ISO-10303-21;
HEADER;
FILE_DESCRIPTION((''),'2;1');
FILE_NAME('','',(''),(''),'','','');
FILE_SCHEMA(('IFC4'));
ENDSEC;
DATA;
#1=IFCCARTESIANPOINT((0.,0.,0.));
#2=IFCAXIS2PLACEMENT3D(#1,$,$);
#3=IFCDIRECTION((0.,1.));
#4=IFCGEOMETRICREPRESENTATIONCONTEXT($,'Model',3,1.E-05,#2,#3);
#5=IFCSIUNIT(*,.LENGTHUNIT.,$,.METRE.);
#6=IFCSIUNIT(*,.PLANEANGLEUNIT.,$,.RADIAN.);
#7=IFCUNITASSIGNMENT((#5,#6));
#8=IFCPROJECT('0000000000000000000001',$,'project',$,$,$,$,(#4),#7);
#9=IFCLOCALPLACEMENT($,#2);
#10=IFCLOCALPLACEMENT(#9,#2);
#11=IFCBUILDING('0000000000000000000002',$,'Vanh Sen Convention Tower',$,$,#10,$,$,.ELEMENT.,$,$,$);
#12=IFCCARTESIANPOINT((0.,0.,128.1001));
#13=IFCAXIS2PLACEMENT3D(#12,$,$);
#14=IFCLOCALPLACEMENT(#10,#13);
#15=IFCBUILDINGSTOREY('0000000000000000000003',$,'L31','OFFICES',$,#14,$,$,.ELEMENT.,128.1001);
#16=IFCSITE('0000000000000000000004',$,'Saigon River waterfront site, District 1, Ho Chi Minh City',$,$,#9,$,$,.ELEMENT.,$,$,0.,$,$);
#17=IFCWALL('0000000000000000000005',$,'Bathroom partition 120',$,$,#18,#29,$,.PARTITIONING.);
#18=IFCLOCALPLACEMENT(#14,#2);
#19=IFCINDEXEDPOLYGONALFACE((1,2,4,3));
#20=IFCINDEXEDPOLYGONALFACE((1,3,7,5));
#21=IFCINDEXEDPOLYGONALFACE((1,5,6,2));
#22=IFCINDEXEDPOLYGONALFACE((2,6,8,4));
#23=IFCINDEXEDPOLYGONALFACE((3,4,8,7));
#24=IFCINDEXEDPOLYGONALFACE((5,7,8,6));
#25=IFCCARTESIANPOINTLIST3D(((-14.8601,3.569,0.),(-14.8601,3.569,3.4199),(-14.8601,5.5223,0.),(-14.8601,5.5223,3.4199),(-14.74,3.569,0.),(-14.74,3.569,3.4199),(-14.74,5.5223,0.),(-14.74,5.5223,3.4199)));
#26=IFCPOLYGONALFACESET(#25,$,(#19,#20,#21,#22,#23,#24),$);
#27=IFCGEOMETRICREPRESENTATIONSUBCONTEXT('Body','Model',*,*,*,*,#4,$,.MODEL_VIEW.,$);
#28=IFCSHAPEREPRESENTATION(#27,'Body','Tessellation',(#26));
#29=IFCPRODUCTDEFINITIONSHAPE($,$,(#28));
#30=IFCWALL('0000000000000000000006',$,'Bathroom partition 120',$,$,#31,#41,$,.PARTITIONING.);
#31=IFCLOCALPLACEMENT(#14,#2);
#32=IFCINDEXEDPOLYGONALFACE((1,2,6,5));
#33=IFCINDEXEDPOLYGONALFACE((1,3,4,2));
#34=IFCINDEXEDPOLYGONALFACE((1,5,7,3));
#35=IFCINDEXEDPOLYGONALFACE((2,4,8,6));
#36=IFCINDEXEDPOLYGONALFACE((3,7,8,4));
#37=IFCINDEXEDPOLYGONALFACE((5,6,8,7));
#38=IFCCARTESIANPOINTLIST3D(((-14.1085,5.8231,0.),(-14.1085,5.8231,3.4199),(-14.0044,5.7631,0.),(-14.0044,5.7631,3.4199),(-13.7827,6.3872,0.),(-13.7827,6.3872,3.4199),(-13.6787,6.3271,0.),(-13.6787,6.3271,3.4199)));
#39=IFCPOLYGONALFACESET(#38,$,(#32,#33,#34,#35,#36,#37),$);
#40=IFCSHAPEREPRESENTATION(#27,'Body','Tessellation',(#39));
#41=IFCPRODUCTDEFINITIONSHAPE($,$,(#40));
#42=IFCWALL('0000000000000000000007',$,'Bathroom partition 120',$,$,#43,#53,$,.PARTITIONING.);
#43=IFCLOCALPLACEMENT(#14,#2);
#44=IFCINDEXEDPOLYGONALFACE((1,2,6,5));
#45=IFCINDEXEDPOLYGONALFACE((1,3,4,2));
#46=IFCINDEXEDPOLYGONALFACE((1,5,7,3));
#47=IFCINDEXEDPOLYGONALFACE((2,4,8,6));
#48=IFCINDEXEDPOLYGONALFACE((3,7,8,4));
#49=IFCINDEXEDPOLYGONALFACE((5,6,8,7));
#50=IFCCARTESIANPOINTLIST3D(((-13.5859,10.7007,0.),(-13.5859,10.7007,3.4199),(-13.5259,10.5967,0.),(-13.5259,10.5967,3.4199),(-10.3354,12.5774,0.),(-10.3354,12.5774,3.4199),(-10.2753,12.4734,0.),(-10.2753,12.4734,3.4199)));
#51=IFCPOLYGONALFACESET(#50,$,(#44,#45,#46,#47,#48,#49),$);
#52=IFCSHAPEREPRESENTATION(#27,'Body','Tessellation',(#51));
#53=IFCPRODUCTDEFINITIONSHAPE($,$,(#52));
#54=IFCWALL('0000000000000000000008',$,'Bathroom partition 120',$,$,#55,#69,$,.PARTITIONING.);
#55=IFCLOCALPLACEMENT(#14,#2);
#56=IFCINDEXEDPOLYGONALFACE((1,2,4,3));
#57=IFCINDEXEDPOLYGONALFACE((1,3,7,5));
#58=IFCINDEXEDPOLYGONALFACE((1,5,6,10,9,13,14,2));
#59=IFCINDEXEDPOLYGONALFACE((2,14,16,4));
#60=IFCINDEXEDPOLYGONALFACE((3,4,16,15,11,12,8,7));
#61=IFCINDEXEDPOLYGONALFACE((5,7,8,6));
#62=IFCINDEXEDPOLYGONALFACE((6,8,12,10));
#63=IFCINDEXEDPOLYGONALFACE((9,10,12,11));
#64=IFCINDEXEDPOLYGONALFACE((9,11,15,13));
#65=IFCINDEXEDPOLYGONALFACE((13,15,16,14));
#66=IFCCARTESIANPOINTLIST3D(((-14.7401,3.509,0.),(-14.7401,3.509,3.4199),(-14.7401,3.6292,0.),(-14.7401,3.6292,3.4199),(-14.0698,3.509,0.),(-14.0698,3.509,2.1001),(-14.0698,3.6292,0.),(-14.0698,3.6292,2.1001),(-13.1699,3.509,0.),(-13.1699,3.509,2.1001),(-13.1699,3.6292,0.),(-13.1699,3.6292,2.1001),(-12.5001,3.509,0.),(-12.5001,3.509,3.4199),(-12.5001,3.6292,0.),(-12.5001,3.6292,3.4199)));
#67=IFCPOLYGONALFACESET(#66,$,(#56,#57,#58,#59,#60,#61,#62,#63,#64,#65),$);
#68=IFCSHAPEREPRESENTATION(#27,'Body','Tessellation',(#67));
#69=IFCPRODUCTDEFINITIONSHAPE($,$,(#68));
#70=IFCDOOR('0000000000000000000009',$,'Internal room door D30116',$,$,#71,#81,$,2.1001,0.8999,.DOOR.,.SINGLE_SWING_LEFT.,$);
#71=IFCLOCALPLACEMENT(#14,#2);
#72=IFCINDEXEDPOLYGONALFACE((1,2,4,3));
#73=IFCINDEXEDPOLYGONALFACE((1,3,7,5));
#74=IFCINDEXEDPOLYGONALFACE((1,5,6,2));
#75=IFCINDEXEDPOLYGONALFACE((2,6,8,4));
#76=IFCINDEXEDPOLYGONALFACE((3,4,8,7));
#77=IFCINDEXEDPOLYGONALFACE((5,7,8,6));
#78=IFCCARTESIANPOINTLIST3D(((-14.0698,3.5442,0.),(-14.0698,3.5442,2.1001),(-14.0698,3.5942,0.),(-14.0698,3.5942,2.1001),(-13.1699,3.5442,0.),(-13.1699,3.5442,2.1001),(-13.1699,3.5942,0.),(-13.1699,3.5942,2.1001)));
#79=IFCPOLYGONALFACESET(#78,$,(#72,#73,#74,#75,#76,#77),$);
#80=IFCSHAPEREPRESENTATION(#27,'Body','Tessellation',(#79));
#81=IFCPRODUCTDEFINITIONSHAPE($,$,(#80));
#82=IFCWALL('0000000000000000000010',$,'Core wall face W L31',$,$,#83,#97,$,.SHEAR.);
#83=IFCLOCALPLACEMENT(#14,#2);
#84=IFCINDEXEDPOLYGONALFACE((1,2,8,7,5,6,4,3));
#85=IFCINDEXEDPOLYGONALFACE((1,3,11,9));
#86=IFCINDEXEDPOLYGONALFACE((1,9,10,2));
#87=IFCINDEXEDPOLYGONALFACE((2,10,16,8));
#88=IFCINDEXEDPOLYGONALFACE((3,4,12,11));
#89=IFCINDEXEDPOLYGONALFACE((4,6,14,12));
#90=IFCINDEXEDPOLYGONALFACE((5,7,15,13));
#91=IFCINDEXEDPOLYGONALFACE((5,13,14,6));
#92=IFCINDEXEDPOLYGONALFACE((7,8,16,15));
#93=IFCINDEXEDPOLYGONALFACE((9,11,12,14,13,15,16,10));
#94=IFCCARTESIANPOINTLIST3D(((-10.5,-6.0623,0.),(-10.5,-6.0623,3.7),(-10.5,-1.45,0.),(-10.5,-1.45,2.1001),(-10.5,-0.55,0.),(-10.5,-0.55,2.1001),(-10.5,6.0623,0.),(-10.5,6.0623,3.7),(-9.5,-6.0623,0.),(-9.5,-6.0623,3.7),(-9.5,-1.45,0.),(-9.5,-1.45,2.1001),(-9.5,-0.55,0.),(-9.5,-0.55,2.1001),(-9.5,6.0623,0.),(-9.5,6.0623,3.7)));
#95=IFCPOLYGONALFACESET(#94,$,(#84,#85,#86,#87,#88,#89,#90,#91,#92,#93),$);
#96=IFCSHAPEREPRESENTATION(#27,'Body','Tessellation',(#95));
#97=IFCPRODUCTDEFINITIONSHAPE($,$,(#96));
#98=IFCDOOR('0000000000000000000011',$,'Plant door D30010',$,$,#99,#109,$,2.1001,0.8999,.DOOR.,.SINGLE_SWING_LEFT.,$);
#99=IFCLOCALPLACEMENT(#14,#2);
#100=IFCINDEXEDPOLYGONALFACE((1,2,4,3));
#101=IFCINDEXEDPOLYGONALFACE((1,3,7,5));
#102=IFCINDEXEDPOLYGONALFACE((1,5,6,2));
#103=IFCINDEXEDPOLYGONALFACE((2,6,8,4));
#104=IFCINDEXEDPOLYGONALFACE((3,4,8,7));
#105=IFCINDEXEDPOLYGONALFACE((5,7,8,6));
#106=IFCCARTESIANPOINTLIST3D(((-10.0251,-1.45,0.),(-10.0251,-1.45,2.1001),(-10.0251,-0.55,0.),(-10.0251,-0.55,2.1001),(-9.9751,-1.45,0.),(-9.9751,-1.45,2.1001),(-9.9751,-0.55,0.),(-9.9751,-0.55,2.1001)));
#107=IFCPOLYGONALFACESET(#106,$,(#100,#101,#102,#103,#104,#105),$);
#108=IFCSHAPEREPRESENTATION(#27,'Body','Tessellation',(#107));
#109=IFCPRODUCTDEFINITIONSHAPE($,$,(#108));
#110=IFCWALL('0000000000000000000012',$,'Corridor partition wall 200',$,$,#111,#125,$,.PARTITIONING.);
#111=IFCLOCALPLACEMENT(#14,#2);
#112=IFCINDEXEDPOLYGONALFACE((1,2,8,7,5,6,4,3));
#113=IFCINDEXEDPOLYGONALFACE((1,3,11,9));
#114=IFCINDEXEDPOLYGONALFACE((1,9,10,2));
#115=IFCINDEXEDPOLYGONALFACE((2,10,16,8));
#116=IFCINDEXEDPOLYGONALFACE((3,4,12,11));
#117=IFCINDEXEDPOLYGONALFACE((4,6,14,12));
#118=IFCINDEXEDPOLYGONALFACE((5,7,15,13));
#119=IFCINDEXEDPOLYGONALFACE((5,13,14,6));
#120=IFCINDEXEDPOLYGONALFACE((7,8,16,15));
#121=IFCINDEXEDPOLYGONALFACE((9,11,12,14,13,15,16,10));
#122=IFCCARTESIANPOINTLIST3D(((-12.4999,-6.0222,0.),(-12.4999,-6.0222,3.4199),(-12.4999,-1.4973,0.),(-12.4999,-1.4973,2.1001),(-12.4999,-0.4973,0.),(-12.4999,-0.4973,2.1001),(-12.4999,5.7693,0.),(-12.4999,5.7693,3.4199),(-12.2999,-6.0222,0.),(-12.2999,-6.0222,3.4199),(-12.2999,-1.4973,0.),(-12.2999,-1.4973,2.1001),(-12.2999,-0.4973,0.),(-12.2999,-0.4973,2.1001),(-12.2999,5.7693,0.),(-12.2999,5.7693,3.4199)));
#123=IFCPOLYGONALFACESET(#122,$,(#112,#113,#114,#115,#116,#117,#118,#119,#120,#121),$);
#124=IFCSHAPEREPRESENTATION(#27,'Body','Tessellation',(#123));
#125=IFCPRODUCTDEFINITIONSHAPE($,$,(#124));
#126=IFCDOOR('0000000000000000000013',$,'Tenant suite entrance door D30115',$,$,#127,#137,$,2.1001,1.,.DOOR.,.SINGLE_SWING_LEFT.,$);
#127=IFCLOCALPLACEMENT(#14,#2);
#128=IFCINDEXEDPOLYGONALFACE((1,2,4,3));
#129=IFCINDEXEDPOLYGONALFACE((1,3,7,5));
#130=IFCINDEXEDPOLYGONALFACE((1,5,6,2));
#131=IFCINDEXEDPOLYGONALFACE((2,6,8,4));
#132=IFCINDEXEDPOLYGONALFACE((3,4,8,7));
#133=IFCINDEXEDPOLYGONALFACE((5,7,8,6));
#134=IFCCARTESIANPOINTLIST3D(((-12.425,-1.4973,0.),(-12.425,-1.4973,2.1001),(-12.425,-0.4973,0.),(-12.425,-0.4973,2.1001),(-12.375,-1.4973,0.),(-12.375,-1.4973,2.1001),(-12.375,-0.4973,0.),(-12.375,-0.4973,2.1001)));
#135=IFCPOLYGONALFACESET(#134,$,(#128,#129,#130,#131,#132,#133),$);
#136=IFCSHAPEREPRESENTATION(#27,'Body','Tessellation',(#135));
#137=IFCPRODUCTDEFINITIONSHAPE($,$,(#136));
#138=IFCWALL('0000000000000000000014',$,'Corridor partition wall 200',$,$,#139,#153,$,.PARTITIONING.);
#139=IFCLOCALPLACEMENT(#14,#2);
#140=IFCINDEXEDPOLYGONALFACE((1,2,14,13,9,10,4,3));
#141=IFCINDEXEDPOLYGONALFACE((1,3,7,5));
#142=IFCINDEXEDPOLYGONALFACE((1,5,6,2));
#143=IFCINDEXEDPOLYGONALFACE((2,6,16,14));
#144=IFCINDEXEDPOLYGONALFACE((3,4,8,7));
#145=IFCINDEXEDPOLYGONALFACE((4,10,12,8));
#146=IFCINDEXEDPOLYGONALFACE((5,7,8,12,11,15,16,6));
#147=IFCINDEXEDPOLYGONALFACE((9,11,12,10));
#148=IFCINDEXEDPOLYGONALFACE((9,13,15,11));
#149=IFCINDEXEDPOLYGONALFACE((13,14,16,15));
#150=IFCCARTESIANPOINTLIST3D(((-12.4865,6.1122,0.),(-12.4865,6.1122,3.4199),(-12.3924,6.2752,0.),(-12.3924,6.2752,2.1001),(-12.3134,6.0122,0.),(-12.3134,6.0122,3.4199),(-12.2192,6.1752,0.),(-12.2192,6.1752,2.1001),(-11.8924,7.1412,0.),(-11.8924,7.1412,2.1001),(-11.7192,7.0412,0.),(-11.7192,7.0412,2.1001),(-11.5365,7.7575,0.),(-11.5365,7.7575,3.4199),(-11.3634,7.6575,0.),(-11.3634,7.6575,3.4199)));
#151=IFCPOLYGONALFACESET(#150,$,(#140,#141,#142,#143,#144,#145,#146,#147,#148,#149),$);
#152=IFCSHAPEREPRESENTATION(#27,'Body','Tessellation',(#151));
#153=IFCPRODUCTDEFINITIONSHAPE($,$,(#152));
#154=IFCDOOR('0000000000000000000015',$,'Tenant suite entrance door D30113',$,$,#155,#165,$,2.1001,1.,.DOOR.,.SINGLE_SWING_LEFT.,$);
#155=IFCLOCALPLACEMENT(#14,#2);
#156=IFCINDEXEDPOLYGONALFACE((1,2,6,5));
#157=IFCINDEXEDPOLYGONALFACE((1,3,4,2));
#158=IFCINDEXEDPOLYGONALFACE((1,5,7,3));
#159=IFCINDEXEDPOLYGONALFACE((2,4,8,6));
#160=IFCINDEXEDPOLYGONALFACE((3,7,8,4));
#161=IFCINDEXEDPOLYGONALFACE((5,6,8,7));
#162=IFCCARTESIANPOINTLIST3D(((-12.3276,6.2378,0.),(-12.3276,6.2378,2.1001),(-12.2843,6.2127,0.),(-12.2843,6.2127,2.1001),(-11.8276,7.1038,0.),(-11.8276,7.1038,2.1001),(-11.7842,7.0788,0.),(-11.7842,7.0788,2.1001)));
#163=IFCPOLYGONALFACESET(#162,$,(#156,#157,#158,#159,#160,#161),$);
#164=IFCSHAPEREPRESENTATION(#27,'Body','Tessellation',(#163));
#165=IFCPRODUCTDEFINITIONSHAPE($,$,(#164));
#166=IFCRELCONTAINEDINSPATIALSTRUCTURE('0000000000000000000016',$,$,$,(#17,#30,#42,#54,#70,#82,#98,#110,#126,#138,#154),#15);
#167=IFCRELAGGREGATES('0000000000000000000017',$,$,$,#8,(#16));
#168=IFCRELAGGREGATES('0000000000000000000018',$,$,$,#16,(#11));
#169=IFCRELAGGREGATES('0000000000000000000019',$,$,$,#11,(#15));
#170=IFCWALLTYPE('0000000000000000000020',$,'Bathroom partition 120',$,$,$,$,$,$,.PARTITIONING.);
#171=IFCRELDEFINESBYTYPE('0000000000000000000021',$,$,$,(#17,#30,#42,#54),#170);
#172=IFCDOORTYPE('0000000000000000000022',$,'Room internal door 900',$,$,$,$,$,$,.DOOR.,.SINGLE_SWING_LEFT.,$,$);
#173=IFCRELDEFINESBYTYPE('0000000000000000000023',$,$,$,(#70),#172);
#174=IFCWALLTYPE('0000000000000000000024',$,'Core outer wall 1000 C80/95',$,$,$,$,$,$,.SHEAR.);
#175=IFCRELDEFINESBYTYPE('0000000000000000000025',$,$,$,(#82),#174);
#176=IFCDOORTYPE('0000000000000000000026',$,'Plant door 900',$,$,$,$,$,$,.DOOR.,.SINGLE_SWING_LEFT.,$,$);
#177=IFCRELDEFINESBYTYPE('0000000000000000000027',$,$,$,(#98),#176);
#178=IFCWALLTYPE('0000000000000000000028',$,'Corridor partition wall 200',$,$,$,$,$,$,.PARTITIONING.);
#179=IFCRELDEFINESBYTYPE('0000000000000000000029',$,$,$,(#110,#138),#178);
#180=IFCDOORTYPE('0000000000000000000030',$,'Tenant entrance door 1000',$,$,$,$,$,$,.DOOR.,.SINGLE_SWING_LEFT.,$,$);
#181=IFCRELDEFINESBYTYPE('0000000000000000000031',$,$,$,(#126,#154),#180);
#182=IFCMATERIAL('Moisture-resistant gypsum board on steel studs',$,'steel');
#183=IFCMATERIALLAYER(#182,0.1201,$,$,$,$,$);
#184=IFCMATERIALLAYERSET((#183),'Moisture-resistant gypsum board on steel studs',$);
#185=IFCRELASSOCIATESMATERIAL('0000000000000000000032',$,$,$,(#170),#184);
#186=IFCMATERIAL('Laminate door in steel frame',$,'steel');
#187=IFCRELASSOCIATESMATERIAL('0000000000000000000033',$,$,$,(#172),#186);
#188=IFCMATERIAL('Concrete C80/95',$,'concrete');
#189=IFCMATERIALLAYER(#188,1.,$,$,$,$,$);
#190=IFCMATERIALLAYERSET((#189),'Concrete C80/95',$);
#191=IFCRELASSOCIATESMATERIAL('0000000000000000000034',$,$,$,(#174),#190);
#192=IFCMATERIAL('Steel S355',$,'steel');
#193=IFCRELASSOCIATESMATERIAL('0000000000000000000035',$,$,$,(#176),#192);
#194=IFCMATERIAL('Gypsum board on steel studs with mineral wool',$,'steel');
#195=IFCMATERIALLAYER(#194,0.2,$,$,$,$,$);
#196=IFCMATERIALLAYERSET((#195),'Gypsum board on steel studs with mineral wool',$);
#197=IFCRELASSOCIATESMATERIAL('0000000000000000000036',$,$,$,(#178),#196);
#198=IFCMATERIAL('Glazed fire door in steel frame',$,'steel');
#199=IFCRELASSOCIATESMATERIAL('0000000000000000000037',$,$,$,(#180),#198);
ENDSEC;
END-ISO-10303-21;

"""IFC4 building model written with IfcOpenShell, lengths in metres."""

from ifc_helpers import new_model, si_unit, direction, frame, frame_2d, origin, place, context, subcontext, project, spatial, rectangle, extrude, material, layer, layer_set, type_object, element, fill, save


model = new_model("IFC4")

# Units and contexts
model_context = context("Model", 3, precision=1e-05, world=origin(), true_north=direction((0.0, 1.0)))
body_context = subcontext(model_context, "Body", "Model", "MODEL_VIEW")
ifc_project = project(units=[si_unit("LENGTHUNIT", "METRE"), si_unit("PLANEANGLEUNIT", "RADIAN")], contexts=[model_context])

# Site, building, storey
site_placement = place(None, origin())
site = spatial("IfcSite", under=ifc_project, at=site_placement, Name="Saigon River waterfront site, District 1, Ho Chi Minh City", CompositionType="ELEMENT", RefElevation=0.0)
building_placement = place(site_placement, origin())
building = spatial("IfcBuilding", under=site, at=building_placement, Name="Vanh Sen Convention Tower", CompositionType="ELEMENT")
storey_placement = place(building_placement, frame((0.0, 0.0, 128.1001)))
storey = spatial("IfcBuildingStorey", under=building, at=storey_placement, Name="L31", Description="OFFICES", CompositionType="ELEMENT", Elevation=128.1001)

# Walls
ifc_material_1 = material(Name="Moisture-resistant gypsum board on steel studs", Category="steel")
ifc_layer_1 = layer(ifc_material_1, 0.1201)
ifc_layer_set_1 = layer_set([ifc_layer_1], Name="Moisture-resistant gypsum board on steel studs")
wall_type_1 = type_object("IfcWallType", Name="Bathroom partition 120", PredefinedType="PARTITIONING", material=ifc_layer_set_1)
wall_1_placement = place(storey_placement, frame((-14.8, 3.5691, 0.0), z_axis=(0.0, 0.0, 1.0), x_axis=(0.0, 1.0, 0.0)))
element("IfcWall", 1, at=wall_1_placement, inside=storey, type_object=wall_type_1, Name="Bathroom partition 120", PredefinedType="PARTITIONING", context=body_context, shape_type="SweptSolid", body=[
    extrude(rectangle(XDim=1.9534, YDim=0.1201, at=frame_2d((0.9766, 0.0))), origin(), (0.0, 0.0, 1.0), 3.4199),
])
wall_2_placement = place(storey_placement, frame((-13.7307, 6.3572, 0.0), z_axis=(0.0, 0.0, 1.0), x_axis=(-0.50009, -0.865973, 0.0)))
element("IfcWall", 2, at=wall_2_placement, inside=storey, type_object=wall_type_1, Name="Bathroom partition 120", PredefinedType="PARTITIONING", context=body_context, shape_type="SweptSolid", body=[
    extrude(rectangle(XDim=0.6514, YDim=0.1201, at=frame_2d((0.3257, 0.0))), origin(), (0.0, 0.0, 1.0), 3.4199),
])
wall_3_placement = place(storey_placement, frame((-13.5559, 10.6487, 0.0), z_axis=(0.0, 0.0, 1.0), x_axis=(0.866021, 0.500008, 0.0)))
element("IfcWall", 3, at=wall_3_placement, inside=storey, type_object=wall_type_1, Name="Bathroom partition 120", PredefinedType="PARTITIONING", context=body_context, shape_type="SweptSolid", body=[
    extrude(rectangle(XDim=3.7534, YDim=0.1201, at=frame_2d((1.8767, 0.0))), origin(), (0.0, 0.0, 1.0), 3.4199),
])

# Walls, openings, doors
wall_4_placement = place(storey_placement, frame((-12.5, 3.5691, 0.0), z_axis=(0.0, 0.0, 1.0), x_axis=(-1.0, 0.0, 0.0)))
wall_4 = element("IfcWall", 4, at=wall_4_placement, inside=storey, type_object=wall_type_1, Name="Bathroom partition 120", PredefinedType="PARTITIONING", context=body_context, shape_type="SweptSolid", body=[
    extrude(rectangle(XDim=2.24, YDim=0.1201, at=frame_2d((1.1201, 0.0))), origin(), (0.0, 0.0, 1.0), 3.4199),
])
opening_1_placement = place(wall_4_placement, frame((0.6699, 0.0, 0.0)))
opening_1 = element("IfcOpeningElement", 5, at=opening_1_placement, cuts=wall_4, PredefinedType="OPENING", context=body_context, shape_type="SweptSolid", body=[
    extrude(rectangle(XDim=0.8999, YDim=2.1001, at=frame_2d((0.45, 1.05))), frame((0.0, 0.0701, 0.0), z_axis=(0.0, -1.0, 0.0), x_axis=(1.0, 0.0, 0.0)), (0.0, 0.0, 1.0), 0.1401),
])
ifc_material_2 = material(Name="Laminate door in steel frame", Category="steel")
door_type_1 = type_object("IfcDoorType", Name="Room internal door 900", OperationType="SINGLE_SWING_LEFT", PredefinedType="DOOR", material=ifc_material_2)
door_1_placement = place(opening_1_placement, origin())
door_1 = element("IfcDoor", 6, at=door_1_placement, inside=storey, type_object=door_type_1, Name="Internal room door D30116", OperationType="SINGLE_SWING_LEFT", OverallHeight=2.1001, OverallWidth=0.8999, PredefinedType="DOOR", context=body_context, shape_type="SweptSolid", body=[
    extrude(rectangle(XDim=0.8999, YDim=2.1001, at=frame_2d((0.45, 1.05))), frame((0.0, 0.0249, 0.0), z_axis=(0.0, -1.0, 0.0), x_axis=(1.0, 0.0, 0.0)), (0.0, 0.0, 1.0), 0.05),
])
fill(opening_1, door_1)
ifc_material_3 = material(Name="Concrete C80/95", Category="concrete")
ifc_layer_2 = layer(ifc_material_3, 1.0)
ifc_layer_set_2 = layer_set([ifc_layer_2], Name="Concrete C80/95")
wall_type_2 = type_object("IfcWallType", Name="Core outer wall 1000 C80/95", PredefinedType="SHEAR", material=ifc_layer_set_2)
wall_5_placement = place(storey_placement, frame((-10.0, 6.0623, 0.0), z_axis=(0.0, 0.0, 1.0), x_axis=(0.0, -1.0, 0.0)))
wall_5 = element("IfcWall", 7, at=wall_5_placement, inside=storey, type_object=wall_type_2, Name="Core wall face W L31", PredefinedType="SHEAR", context=body_context, shape_type="SweptSolid", body=[
    extrude(rectangle(XDim=12.1245, YDim=1.0, at=frame_2d((6.0623, 0.0))), origin(), (0.0, 0.0, 1.0), 3.7),
])
opening_2_placement = place(wall_5_placement, frame((6.6123, 0.0, 0.0)))
opening_2 = element("IfcOpeningElement", 8, at=opening_2_placement, cuts=wall_5, PredefinedType="OPENING", context=body_context, shape_type="SweptSolid", body=[
    extrude(rectangle(XDim=0.8999, YDim=2.1001, at=frame_2d((0.45, 1.05))), frame((0.0, 0.51, 0.0), z_axis=(0.0, -1.0, 0.0), x_axis=(1.0, 0.0, 0.0)), (0.0, 0.0, 1.0), 1.02),
])
ifc_material_4 = material(Name="Steel S355", Category="steel")
door_type_2 = type_object("IfcDoorType", Name="Plant door 900", OperationType="SINGLE_SWING_LEFT", PredefinedType="DOOR", material=ifc_material_4)
door_2_placement = place(opening_2_placement, origin())
door_2 = element("IfcDoor", 9, at=door_2_placement, inside=storey, type_object=door_type_2, Name="Plant door D30010", OperationType="SINGLE_SWING_LEFT", OverallHeight=2.1001, OverallWidth=0.8999, PredefinedType="DOOR", context=body_context, shape_type="SweptSolid", body=[
    extrude(rectangle(XDim=0.8999, YDim=2.1001, at=frame_2d((0.45, 1.05))), frame((0.0, 0.0249, 0.0), z_axis=(0.0, -1.0, 0.0), x_axis=(1.0, 0.0, 0.0)), (0.0, 0.0, 1.0), 0.05),
])
fill(opening_2, door_2)
ifc_material_5 = material(Name="Gypsum board on steel studs with mineral wool", Category="steel")
ifc_layer_3 = layer(ifc_material_5, 0.2)
ifc_layer_set_3 = layer_set([ifc_layer_3], Name="Gypsum board on steel studs with mineral wool")
wall_type_3 = type_object("IfcWallType", Name="Corridor partition wall 200", PredefinedType="PARTITIONING", material=ifc_layer_set_3)
wall_6_placement = place(storey_placement, frame((-12.3999, 5.7693, 0.0), z_axis=(0.0, 0.0, 1.0), x_axis=(0.0, -1.0, 0.0)))
wall_6 = element("IfcWall", 10, at=wall_6_placement, inside=storey, type_object=wall_type_3, Name="Corridor partition wall 200", PredefinedType="PARTITIONING", context=body_context, shape_type="SweptSolid", body=[
    extrude(rectangle(XDim=11.7915, YDim=0.2, at=frame_2d((5.8958, 0.0))), origin(), (0.0, 0.0, 1.0), 3.4199),
])
opening_3_placement = place(wall_6_placement, frame((6.2666, 0.0, 0.0)))
opening_3 = element("IfcOpeningElement", 11, at=opening_3_placement, cuts=wall_6, PredefinedType="OPENING", context=body_context, shape_type="SweptSolid", body=[
    extrude(rectangle(XDim=1.0, YDim=2.1001, at=frame_2d((0.5, 1.05))), frame((0.0, 0.1099, 0.0), z_axis=(0.0, -1.0, 0.0), x_axis=(1.0, 0.0, 0.0)), (0.0, 0.0, 1.0), 0.22),
])
ifc_material_6 = material(Name="Glazed fire door in steel frame", Category="steel")
door_type_3 = type_object("IfcDoorType", Name="Tenant entrance door 1000", OperationType="SINGLE_SWING_LEFT", PredefinedType="DOOR", material=ifc_material_6)
door_3_placement = place(opening_3_placement, origin())
door_3 = element("IfcDoor", 12, at=door_3_placement, inside=storey, type_object=door_type_3, Name="Tenant suite entrance door D30115", OperationType="SINGLE_SWING_LEFT", OverallHeight=2.1001, OverallWidth=1.0, PredefinedType="DOOR", context=body_context, shape_type="SweptSolid", body=[
    extrude(rectangle(XDim=1.0, YDim=2.1001, at=frame_2d((0.5, 1.05))), frame((0.0, 0.0249, 0.0), z_axis=(0.0, -1.0, 0.0), x_axis=(1.0, 0.0, 0.0)), (0.0, 0.0, 1.0), 0.05),
])
fill(opening_3, door_3)
wall_7_placement = place(storey_placement, frame((-11.45, 7.7075, 0.0), z_axis=(0.0, 0.0, 1.0), x_axis=(-0.500023, -0.866012, 0.0)))
wall_7 = element("IfcWall", 13, at=wall_7_placement, inside=storey, type_object=wall_type_3, Name="Corridor partition wall 200", PredefinedType="PARTITIONING", context=body_context, shape_type="SweptSolid", body=[
    extrude(rectangle(XDim=1.8999, YDim=0.2, at=frame_2d((0.95, 0.0))), origin(), (0.0, 0.0, 1.0), 3.4199),
])
opening_4_placement = place(wall_7_placement, frame((0.7117, 0.0, 0.0)))
opening_4 = element("IfcOpeningElement", 14, at=opening_4_placement, cuts=wall_7, PredefinedType="OPENING", context=body_context, shape_type="SweptSolid", body=[
    extrude(rectangle(XDim=1.0, YDim=2.1001, at=frame_2d((0.5, 1.05))), frame((0.0, 0.1099, 0.0), z_axis=(0.0, -1.0, 0.0), x_axis=(1.0, 0.0, 0.0)), (0.0, 0.0, 1.0), 0.22),
])
door_4_placement = place(opening_4_placement, origin())
door_4 = element("IfcDoor", 15, at=door_4_placement, inside=storey, type_object=door_type_3, Name="Tenant suite entrance door D30113", OperationType="SINGLE_SWING_LEFT", OverallHeight=2.1001, OverallWidth=1.0, PredefinedType="DOOR", context=body_context, shape_type="SweptSolid", body=[
    extrude(rectangle(XDim=1.0, YDim=2.1001, at=frame_2d((0.5, 1.05))), frame((0.0, 0.0249, 0.0), z_axis=(0.0, -1.0, 0.0), x_axis=(1.0, 0.0, 0.0)), (0.0, 0.0, 1.0), 0.05),
])
fill(opening_4, door_4)

save(model, "model.ifc")
